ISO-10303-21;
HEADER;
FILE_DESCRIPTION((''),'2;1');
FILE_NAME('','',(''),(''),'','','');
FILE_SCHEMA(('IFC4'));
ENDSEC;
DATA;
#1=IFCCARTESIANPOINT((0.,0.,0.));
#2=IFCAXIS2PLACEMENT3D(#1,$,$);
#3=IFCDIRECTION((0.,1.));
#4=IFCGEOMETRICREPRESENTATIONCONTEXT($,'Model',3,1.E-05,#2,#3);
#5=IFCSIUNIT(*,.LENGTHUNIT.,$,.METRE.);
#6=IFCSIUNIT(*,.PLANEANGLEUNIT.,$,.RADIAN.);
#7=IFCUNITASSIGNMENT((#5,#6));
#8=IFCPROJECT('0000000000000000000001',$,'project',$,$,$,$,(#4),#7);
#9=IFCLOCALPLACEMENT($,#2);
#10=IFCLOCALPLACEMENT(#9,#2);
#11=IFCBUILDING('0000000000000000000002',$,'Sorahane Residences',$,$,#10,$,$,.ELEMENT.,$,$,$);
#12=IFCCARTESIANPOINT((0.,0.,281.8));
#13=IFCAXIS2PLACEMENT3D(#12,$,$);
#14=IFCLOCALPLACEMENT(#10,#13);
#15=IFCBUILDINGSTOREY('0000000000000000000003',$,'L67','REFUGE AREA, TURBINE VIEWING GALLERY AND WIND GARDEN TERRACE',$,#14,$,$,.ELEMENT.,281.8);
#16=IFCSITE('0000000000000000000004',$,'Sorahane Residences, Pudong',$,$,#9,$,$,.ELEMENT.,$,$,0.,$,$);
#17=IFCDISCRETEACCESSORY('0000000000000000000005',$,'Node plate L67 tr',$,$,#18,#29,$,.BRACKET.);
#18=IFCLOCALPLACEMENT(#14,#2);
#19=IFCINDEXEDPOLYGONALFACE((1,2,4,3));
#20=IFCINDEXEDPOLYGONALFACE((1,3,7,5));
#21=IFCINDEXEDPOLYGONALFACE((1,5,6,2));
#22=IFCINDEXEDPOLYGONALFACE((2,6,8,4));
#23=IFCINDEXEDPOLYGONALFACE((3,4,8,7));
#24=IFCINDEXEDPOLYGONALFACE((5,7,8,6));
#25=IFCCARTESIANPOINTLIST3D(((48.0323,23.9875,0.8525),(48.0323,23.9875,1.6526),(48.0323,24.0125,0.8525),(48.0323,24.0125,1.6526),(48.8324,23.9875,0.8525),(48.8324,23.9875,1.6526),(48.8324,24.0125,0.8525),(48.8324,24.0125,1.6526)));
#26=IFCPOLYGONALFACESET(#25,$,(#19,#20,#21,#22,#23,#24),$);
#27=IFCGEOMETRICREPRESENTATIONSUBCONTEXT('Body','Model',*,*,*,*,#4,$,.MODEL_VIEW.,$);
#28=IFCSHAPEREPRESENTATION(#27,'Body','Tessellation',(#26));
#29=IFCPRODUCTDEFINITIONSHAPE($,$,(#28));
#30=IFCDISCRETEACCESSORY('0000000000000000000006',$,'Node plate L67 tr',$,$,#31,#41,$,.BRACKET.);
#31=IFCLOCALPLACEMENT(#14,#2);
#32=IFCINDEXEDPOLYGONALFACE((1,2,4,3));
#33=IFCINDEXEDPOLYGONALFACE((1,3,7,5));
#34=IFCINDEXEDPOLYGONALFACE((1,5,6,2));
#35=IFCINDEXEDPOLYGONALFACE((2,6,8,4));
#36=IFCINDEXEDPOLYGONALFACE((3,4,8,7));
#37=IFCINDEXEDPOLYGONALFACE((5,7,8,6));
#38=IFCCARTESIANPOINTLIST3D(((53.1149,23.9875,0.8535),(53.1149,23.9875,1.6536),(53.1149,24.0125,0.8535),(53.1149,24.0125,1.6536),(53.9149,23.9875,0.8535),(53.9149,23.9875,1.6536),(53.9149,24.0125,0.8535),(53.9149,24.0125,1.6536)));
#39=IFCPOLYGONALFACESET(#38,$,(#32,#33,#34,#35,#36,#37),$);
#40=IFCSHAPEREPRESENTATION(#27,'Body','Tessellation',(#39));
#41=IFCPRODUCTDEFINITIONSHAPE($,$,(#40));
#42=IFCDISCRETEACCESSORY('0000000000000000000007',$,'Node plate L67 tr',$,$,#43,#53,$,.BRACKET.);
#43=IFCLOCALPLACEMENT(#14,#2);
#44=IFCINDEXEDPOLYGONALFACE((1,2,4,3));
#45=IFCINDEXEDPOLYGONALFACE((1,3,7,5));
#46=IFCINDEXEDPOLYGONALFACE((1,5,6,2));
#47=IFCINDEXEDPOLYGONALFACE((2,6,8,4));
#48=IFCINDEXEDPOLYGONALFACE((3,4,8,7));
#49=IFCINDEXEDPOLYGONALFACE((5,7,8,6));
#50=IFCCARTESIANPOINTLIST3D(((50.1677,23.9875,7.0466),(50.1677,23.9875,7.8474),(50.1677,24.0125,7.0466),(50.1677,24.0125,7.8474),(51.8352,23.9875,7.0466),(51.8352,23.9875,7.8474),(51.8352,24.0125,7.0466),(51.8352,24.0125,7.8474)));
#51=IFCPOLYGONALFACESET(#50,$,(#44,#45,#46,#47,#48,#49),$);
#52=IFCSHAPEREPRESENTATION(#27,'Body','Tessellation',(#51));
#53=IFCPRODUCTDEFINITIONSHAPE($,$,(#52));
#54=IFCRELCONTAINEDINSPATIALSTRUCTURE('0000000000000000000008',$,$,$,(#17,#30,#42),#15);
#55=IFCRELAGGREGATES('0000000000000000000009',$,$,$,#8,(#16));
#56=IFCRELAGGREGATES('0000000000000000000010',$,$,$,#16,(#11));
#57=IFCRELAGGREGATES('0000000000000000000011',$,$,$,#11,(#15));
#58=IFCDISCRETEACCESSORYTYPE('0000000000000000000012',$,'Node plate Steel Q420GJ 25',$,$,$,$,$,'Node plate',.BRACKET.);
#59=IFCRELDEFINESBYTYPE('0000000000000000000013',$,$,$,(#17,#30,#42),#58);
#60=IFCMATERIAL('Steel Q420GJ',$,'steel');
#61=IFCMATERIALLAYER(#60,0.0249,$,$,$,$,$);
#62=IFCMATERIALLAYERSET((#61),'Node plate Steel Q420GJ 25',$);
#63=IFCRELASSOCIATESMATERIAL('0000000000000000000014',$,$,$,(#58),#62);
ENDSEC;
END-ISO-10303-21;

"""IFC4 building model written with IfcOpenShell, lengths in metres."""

from ifc_helpers import new_model, si_unit, direction, frame, origin, origin_2d, place, context, subcontext, project, spatial, rectangle, extrude, material, layer, layer_set, type_object, element, save


model = new_model("IFC4")

# Units and contexts
model_context = context("Model", 3, precision=1e-05, world=origin(), true_north=direction((0.0, 1.0)))
body_context = subcontext(model_context, "Body", "Model", "MODEL_VIEW")
ifc_project = project(units=[si_unit("LENGTHUNIT", "METRE"), si_unit("PLANEANGLEUNIT", "RADIAN")], contexts=[model_context])

# Site, building, storey
site_placement = place(None, origin())
site = spatial("IfcSite", under=ifc_project, at=site_placement, Name="Sorahane Residences, Pudong", CompositionType="ELEMENT", RefElevation=0.0)
building_placement = place(site_placement, origin())
building = spatial("IfcBuilding", under=site, at=building_placement, Name="Sorahane Residences", CompositionType="ELEMENT")
storey_placement = place(building_placement, frame((0.0, 0.0, 281.8)))
storey = spatial("IfcBuildingStorey", under=building, at=storey_placement, Name="L67", Description="REFUGE AREA, TURBINE VIEWING GALLERY AND WIND GARDEN TERRACE", CompositionType="ELEMENT", Elevation=281.8)

# Discrete accessories
ifc_material_1 = material(Name="Steel Q420GJ", Category="steel")
ifc_layer_1 = layer(ifc_material_1, 0.0249)
ifc_layer_set_1 = layer_set([ifc_layer_1], Name="Node plate Steel Q420GJ 25")
discrete_accessory_type_1 = type_object("IfcDiscreteAccessoryType", Name="Node plate Steel Q420GJ 25", ElementType="Node plate", PredefinedType="BRACKET", material=ifc_layer_set_1)
for number, where, z_axis, x_axis, name in (
    (1, (48.4324, 24.0, 0.8525), (0.0, 0.0, 1.0), (1.0, 0.0, 0.0), "Node plate L67 tr"),
    (2, (53.5149, 24.0, 0.8535), (0.0, 0.0, 1.0), (1.0, 0.0, 0.0), "Node plate L67 tr"),
):
    element("IfcDiscreteAccessory", number, at=place(storey_placement, frame(where, z_axis=z_axis, x_axis=x_axis)), inside=storey, type_object=discrete_accessory_type_1, Name=name, PredefinedType="BRACKET", context=body_context, shape_type="SweptSolid", body=[
        extrude(rectangle(XDim=0.8, YDim=0.0249, at=origin_2d()), origin(), (0.0, 0.0, 1.0), 0.8),
    ])
discrete_accessory_1_placement = place(storey_placement, frame((51.0015, 24.0, 7.0466), z_axis=(0.0, 0.0, 1.0), x_axis=(1.0, 0.0, 0.0)))
element("IfcDiscreteAccessory", 3, at=discrete_accessory_1_placement, inside=storey, type_object=discrete_accessory_type_1, Name="Node plate L67 tr", PredefinedType="BRACKET", context=body_context, shape_type="SweptSolid", body=[
    extrude(rectangle(XDim=1.6675, YDim=0.0249, at=origin_2d()), origin(), (0.0, 0.0, 1.0), 0.8008),
])

save(model, "model.ifc")
